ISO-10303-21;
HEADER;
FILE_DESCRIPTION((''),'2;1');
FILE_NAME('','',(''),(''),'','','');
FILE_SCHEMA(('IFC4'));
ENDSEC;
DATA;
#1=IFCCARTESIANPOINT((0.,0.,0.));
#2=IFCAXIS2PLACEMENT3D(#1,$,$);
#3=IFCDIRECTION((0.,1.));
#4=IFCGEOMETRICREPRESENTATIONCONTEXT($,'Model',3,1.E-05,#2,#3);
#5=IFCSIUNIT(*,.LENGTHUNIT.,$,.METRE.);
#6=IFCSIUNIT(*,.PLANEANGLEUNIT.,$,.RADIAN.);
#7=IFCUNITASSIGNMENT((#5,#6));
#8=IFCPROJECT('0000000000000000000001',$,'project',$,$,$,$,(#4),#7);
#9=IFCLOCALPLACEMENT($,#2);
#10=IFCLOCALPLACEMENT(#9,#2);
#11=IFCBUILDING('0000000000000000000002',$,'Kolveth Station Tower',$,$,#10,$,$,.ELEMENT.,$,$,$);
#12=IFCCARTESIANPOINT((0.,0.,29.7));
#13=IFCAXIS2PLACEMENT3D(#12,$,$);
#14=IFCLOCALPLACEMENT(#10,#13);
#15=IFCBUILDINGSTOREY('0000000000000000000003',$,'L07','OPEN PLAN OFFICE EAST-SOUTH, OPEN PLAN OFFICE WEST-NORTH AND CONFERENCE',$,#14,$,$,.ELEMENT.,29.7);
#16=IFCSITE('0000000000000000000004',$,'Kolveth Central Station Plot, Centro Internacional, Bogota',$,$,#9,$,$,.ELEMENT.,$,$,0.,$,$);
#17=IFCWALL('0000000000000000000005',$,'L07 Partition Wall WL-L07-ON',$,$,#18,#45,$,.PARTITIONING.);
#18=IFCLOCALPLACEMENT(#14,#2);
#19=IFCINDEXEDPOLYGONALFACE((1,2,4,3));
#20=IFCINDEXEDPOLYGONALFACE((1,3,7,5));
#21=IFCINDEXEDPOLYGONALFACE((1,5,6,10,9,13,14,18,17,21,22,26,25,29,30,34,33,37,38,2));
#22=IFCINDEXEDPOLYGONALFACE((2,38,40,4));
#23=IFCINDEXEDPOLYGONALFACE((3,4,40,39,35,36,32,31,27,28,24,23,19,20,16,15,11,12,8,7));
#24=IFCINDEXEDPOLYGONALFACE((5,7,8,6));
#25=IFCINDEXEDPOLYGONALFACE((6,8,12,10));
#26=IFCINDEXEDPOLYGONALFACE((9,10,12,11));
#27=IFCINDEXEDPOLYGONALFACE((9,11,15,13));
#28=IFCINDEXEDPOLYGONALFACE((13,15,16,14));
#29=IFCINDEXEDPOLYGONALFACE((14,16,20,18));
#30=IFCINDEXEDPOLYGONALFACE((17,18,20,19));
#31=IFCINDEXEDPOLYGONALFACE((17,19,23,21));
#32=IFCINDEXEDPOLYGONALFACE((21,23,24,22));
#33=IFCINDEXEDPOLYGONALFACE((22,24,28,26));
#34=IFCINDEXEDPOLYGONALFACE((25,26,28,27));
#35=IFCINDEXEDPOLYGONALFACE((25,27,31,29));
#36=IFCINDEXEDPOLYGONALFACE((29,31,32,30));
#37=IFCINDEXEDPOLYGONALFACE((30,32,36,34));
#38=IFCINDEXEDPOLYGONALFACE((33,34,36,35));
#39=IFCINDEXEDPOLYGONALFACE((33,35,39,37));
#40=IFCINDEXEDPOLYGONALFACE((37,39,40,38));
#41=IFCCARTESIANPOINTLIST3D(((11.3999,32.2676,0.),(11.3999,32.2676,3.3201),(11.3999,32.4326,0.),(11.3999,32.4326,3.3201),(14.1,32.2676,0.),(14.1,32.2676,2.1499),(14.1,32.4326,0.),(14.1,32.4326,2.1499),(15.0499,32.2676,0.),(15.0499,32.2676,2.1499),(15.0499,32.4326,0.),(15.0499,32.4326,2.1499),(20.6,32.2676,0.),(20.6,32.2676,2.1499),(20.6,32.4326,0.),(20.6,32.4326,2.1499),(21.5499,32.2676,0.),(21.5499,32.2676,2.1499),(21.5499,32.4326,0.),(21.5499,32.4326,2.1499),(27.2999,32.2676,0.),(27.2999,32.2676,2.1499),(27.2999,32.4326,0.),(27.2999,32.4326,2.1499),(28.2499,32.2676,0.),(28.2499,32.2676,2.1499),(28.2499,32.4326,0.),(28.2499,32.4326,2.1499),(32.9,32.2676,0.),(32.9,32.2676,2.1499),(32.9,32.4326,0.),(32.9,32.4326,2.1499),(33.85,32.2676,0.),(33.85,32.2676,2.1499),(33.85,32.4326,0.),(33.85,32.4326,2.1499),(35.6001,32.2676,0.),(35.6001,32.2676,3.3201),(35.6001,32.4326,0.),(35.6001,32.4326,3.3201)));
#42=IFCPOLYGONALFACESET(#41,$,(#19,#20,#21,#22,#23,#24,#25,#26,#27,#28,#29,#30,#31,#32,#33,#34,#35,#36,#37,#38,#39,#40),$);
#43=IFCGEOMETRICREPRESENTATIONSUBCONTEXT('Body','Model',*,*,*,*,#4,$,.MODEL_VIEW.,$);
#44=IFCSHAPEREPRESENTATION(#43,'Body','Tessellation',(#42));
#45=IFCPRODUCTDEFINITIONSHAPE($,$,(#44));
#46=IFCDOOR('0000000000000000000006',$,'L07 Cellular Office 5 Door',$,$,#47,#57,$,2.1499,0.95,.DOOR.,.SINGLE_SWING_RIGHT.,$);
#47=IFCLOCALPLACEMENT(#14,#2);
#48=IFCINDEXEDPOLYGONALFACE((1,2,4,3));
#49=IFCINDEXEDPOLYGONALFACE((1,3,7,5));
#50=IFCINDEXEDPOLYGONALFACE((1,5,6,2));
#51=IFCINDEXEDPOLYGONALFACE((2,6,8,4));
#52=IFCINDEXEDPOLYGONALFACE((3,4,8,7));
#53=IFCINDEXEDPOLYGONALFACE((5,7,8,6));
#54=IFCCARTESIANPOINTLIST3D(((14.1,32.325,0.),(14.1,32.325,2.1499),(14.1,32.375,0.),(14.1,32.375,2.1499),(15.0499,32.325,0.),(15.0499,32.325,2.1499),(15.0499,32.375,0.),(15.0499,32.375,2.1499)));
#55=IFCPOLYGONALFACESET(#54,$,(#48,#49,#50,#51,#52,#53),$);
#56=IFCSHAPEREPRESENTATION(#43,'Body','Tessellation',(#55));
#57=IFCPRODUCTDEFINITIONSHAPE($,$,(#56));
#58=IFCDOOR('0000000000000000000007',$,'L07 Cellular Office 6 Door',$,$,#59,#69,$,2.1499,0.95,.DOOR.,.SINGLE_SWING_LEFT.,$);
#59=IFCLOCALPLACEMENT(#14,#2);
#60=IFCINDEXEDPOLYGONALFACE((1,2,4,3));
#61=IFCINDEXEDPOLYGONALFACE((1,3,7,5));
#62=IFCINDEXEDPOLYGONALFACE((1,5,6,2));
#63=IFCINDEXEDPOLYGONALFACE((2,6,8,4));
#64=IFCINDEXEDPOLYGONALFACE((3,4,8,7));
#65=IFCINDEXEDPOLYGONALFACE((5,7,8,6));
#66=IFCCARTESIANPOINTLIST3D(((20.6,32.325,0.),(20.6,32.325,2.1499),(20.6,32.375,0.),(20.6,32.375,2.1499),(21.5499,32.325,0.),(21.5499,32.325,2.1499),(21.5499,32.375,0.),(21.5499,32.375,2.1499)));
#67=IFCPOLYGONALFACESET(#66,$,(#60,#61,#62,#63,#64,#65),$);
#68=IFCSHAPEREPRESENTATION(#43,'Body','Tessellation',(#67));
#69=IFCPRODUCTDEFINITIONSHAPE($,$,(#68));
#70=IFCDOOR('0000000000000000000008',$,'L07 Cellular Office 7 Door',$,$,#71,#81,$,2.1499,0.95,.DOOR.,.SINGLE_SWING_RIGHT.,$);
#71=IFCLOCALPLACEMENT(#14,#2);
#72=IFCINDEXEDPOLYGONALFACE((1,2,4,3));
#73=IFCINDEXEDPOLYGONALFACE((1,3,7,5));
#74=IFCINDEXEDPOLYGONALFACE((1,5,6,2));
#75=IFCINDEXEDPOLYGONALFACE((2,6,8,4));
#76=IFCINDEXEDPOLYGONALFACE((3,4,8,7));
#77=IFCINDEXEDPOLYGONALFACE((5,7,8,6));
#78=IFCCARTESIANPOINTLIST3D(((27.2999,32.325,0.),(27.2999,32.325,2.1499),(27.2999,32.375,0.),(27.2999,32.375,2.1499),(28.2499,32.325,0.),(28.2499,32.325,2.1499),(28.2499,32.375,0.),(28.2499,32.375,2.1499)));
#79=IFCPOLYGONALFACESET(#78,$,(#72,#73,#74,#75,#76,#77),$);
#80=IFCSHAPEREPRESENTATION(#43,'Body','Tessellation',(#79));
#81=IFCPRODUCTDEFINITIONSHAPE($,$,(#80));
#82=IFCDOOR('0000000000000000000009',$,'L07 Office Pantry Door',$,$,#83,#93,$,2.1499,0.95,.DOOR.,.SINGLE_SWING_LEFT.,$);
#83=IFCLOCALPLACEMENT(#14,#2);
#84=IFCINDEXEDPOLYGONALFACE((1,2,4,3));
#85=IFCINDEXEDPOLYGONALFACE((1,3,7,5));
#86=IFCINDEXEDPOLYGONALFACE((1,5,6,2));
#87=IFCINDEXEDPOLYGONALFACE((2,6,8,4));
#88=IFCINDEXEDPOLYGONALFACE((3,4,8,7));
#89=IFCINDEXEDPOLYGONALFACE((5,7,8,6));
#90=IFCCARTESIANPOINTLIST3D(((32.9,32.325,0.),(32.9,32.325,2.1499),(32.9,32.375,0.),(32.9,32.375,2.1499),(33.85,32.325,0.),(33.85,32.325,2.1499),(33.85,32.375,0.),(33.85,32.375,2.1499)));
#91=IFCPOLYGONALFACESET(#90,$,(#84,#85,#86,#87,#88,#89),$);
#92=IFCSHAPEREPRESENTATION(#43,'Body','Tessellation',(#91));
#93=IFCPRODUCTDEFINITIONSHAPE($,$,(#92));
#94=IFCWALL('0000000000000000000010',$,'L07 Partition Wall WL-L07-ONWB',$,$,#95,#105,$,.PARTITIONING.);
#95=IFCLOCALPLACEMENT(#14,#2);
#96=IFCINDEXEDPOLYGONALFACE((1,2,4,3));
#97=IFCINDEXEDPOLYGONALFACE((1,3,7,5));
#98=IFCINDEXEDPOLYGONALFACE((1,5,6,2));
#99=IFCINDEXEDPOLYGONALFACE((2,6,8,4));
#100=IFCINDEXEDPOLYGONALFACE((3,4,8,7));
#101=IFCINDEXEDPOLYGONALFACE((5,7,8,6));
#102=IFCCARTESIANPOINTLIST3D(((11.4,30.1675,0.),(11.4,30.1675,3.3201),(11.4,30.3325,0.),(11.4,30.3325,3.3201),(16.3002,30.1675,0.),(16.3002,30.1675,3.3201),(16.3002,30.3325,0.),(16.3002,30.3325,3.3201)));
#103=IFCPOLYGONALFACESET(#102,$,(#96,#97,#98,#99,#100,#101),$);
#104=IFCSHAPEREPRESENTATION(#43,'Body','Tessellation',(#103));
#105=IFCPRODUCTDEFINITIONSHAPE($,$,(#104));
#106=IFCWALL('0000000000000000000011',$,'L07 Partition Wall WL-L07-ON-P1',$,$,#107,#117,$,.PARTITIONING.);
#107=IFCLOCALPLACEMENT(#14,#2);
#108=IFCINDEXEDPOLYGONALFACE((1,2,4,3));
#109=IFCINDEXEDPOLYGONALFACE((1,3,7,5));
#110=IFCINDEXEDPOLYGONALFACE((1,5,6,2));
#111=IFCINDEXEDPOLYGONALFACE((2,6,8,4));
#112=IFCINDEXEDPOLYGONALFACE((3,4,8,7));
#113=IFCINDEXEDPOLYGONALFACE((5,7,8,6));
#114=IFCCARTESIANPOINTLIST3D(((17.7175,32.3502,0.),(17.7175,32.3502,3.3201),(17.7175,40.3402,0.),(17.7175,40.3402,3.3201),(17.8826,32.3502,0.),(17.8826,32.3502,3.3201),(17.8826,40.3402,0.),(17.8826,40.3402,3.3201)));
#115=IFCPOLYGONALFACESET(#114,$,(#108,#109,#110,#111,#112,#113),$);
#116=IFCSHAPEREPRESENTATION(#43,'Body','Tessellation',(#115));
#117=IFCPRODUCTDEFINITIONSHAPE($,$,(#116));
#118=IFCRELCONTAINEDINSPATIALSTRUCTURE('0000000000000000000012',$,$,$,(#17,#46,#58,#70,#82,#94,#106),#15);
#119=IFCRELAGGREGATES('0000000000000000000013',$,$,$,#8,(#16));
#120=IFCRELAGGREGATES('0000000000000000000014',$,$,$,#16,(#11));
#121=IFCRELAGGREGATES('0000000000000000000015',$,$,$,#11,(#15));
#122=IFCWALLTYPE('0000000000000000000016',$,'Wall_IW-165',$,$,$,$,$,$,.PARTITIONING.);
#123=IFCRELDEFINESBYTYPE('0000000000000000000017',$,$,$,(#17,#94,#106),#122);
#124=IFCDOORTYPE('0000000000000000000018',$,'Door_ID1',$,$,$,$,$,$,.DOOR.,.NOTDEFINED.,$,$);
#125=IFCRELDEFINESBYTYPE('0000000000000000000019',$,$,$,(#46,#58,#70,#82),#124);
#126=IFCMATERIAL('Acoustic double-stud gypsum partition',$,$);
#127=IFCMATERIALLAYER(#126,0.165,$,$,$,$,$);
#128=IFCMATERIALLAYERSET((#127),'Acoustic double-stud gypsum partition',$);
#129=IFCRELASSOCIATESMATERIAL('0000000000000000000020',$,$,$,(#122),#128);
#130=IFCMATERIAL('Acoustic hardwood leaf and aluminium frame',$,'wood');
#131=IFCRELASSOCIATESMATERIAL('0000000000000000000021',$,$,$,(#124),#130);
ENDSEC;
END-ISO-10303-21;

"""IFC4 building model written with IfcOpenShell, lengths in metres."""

from ifc_helpers import new_model, si_unit, direction, frame, frame_2d, origin, place, context, subcontext, project, spatial, rectangle, extrude, material, layer, layer_set, type_object, element, fill, save


model = new_model("IFC4")

# Units and contexts
model_context = context("Model", 3, precision=1e-05, world=origin(), true_north=direction((0.0, 1.0)))
body_context = subcontext(model_context, "Body", "Model", "MODEL_VIEW")
ifc_project = project(units=[si_unit("LENGTHUNIT", "METRE"), si_unit("PLANEANGLEUNIT", "RADIAN")], contexts=[model_context])

# Site, building, storey
site_placement = place(None, origin())
site = spatial("IfcSite", under=ifc_project, at=site_placement, Name="Kolveth Central Station Plot, Centro Internacional, Bogota", CompositionType="ELEMENT", RefElevation=0.0)
building_placement = place(site_placement, origin())
building = spatial("IfcBuilding", under=site, at=building_placement, Name="Kolveth Station Tower", CompositionType="ELEMENT")
storey_placement = place(building_placement, frame((0.0, 0.0, 29.7)))
storey = spatial("IfcBuildingStorey", under=building, at=storey_placement, Name="L07", Description="OPEN PLAN OFFICE EAST-SOUTH, OPEN PLAN OFFICE WEST-NORTH AND CONFERENCE", CompositionType="ELEMENT", Elevation=29.7)

# Wall, openings, doors
ifc_material_1 = material(Name="Acoustic double-stud gypsum partition")
ifc_layer_1 = layer(ifc_material_1, 0.165)
ifc_layer_set_1 = layer_set([ifc_layer_1], Name="Acoustic double-stud gypsum partition")
wall_type = type_object("IfcWallType", Name="Wall_IW-165", PredefinedType="PARTITIONING", material=ifc_layer_set_1)
wall_1_placement = place(storey_placement, frame((11.3999, 32.3501, 0.0), z_axis=(0.0, 0.0, 1.0), x_axis=(1.0, 0.0, 0.0)))
wall_1 = element("IfcWall", 1, at=wall_1_placement, inside=storey, type_object=wall_type, Name="L07 Partition Wall WL-L07-ON", PredefinedType="PARTITIONING", context=body_context, shape_type="SweptSolid", body=[
    extrude(rectangle(XDim=24.2002, YDim=0.165, at=frame_2d((12.1001, 0.0))), origin(), (0.0, 0.0, 1.0), 3.3201),
])
opening_1_placement = place(wall_1_placement, frame((2.7, 0.0, 0.0)))
opening_1 = element("IfcOpeningElement", 2, at=opening_1_placement, cuts=wall_1, PredefinedType="OPENING", context=body_context, shape_type="SweptSolid", body=[
    extrude(rectangle(XDim=0.95, YDim=2.1499, at=frame_2d((0.4751, 1.075))), frame((0.0, 0.0925, 0.0), z_axis=(0.0, -1.0, 0.0), x_axis=(1.0, 0.0, 0.0)), (0.0, 0.0, 1.0), 0.1851),
])
opening_2_placement = place(wall_1_placement, frame((9.2, 0.0, 0.0)))
opening_2 = element("IfcOpeningElement", 3, at=opening_2_placement, cuts=wall_1, PredefinedType="OPENING", context=body_context, shape_type="SweptSolid", body=[
    extrude(rectangle(XDim=0.95, YDim=2.1499, at=frame_2d((0.4751, 1.075))), frame((0.0, 0.0925, 0.0), z_axis=(0.0, -1.0, 0.0), x_axis=(1.0, 0.0, 0.0)), (0.0, 0.0, 1.0), 0.1851),
])
opening_3_placement = place(wall_1_placement, frame((15.8999, 0.0, 0.0)))
opening_3 = element("IfcOpeningElement", 4, at=opening_3_placement, cuts=wall_1, PredefinedType="OPENING", context=body_context, shape_type="SweptSolid", body=[
    extrude(rectangle(XDim=0.95, YDim=2.1499, at=frame_2d((0.4751, 1.075))), frame((0.0, 0.0925, 0.0), z_axis=(0.0, -1.0, 0.0), x_axis=(1.0, 0.0, 0.0)), (0.0, 0.0, 1.0), 0.1851),
])
opening_4_placement = place(wall_1_placement, frame((21.5, 0.0, 0.0)))
opening_4 = element("IfcOpeningElement", 5, at=opening_4_placement, cuts=wall_1, PredefinedType="OPENING", context=body_context, shape_type="SweptSolid", body=[
    extrude(rectangle(XDim=0.95, YDim=2.1499, at=frame_2d((0.4751, 1.075))), frame((0.0, 0.0925, 0.0), z_axis=(0.0, -1.0, 0.0), x_axis=(1.0, 0.0, 0.0)), (0.0, 0.0, 1.0), 0.1851),
])
ifc_material_2 = material(Name="Acoustic hardwood leaf and aluminium frame", Category="wood")
door_type = type_object("IfcDoorType", Name="Door_ID1", OperationType="NOTDEFINED", PredefinedType="DOOR", material=ifc_material_2)
door_1_placement = place(opening_1_placement, origin())
door_1 = element("IfcDoor", 6, at=door_1_placement, inside=storey, type_object=door_type, Name="L07 Cellular Office 5 Door", OperationType="SINGLE_SWING_RIGHT", OverallHeight=2.1499, OverallWidth=0.95, PredefinedType="DOOR", context=body_context, shape_type="SweptSolid", body=[
    extrude(rectangle(XDim=0.95, YDim=2.1499, at=frame_2d((0.4751, 1.075))), frame((0.0, 0.0249, 0.0), z_axis=(0.0, -1.0, 0.0), x_axis=(1.0, 0.0, 0.0)), (0.0, 0.0, 1.0), 0.05),
])
fill(opening_1, door_1)
door_2_placement = place(opening_2_placement, origin())
door_2 = element("IfcDoor", 7, at=door_2_placement, inside=storey, type_object=door_type, Name="L07 Cellular Office 6 Door", OperationType="SINGLE_SWING_LEFT", OverallHeight=2.1499, OverallWidth=0.95, PredefinedType="DOOR", context=body_context, shape_type="SweptSolid", body=[
    extrude(rectangle(XDim=0.95, YDim=2.1499, at=frame_2d((0.4751, 1.075))), frame((0.0, 0.0249, 0.0), z_axis=(0.0, -1.0, 0.0), x_axis=(1.0, 0.0, 0.0)), (0.0, 0.0, 1.0), 0.05),
])
fill(opening_2, door_2)
door_3_placement = place(opening_3_placement, origin())
door_3 = element("IfcDoor", 8, at=door_3_placement, inside=storey, type_object=door_type, Name="L07 Cellular Office 7 Door", OperationType="SINGLE_SWING_RIGHT", OverallHeight=2.1499, OverallWidth=0.95, PredefinedType="DOOR", context=body_context, shape_type="SweptSolid", body=[
    extrude(rectangle(XDim=0.95, YDim=2.1499, at=frame_2d((0.4751, 1.075))), frame((0.0, 0.0249, 0.0), z_axis=(0.0, -1.0, 0.0), x_axis=(1.0, 0.0, 0.0)), (0.0, 0.0, 1.0), 0.05),
])
fill(opening_3, door_3)
door_4_placement = place(opening_4_placement, origin())
door_4 = element("IfcDoor", 9, at=door_4_placement, inside=storey, type_object=door_type, Name="L07 Office Pantry Door", OperationType="SINGLE_SWING_LEFT", OverallHeight=2.1499, OverallWidth=0.95, PredefinedType="DOOR", context=body_context, shape_type="SweptSolid", body=[
    extrude(rectangle(XDim=0.95, YDim=2.1499, at=frame_2d((0.4751, 1.075))), frame((0.0, 0.0249, 0.0), z_axis=(0.0, -1.0, 0.0), x_axis=(1.0, 0.0, 0.0)), (0.0, 0.0, 1.0), 0.05),
])
fill(opening_4, door_4)

# Walls
wall_2_placement = place(storey_placement, frame((11.3999, 30.25, 0.0), z_axis=(0.0, 0.0, 1.0), x_axis=(1.0, 0.0, 0.0)))
element("IfcWall", 10, at=wall_2_placement, inside=storey, type_object=wall_type, Name="L07 Partition Wall WL-L07-ONWB", PredefinedType="PARTITIONING", context=body_context, shape_type="SweptSolid", body=[
    extrude(rectangle(XDim=4.9001, YDim=0.165, at=frame_2d((2.4502, 0.0))), origin(), (0.0, 0.0, 1.0), 3.3201),
])
wall_3_placement = place(storey_placement, frame((17.8, 32.3501, 0.0), z_axis=(0.0, 0.0, 1.0), x_axis=(0.0, 1.0, 0.0)))
element("IfcWall", 11, at=wall_3_placement, inside=storey, type_object=wall_type, Name="L07 Partition Wall WL-L07-ON-P1", PredefinedType="PARTITIONING", context=body_context, shape_type="SweptSolid", body=[
    extrude(rectangle(XDim=7.99, YDim=0.165, at=frame_2d((3.9951, 0.0))), origin(), (0.0, 0.0, 1.0), 3.3201),
])

save(model, "model.ifc")
